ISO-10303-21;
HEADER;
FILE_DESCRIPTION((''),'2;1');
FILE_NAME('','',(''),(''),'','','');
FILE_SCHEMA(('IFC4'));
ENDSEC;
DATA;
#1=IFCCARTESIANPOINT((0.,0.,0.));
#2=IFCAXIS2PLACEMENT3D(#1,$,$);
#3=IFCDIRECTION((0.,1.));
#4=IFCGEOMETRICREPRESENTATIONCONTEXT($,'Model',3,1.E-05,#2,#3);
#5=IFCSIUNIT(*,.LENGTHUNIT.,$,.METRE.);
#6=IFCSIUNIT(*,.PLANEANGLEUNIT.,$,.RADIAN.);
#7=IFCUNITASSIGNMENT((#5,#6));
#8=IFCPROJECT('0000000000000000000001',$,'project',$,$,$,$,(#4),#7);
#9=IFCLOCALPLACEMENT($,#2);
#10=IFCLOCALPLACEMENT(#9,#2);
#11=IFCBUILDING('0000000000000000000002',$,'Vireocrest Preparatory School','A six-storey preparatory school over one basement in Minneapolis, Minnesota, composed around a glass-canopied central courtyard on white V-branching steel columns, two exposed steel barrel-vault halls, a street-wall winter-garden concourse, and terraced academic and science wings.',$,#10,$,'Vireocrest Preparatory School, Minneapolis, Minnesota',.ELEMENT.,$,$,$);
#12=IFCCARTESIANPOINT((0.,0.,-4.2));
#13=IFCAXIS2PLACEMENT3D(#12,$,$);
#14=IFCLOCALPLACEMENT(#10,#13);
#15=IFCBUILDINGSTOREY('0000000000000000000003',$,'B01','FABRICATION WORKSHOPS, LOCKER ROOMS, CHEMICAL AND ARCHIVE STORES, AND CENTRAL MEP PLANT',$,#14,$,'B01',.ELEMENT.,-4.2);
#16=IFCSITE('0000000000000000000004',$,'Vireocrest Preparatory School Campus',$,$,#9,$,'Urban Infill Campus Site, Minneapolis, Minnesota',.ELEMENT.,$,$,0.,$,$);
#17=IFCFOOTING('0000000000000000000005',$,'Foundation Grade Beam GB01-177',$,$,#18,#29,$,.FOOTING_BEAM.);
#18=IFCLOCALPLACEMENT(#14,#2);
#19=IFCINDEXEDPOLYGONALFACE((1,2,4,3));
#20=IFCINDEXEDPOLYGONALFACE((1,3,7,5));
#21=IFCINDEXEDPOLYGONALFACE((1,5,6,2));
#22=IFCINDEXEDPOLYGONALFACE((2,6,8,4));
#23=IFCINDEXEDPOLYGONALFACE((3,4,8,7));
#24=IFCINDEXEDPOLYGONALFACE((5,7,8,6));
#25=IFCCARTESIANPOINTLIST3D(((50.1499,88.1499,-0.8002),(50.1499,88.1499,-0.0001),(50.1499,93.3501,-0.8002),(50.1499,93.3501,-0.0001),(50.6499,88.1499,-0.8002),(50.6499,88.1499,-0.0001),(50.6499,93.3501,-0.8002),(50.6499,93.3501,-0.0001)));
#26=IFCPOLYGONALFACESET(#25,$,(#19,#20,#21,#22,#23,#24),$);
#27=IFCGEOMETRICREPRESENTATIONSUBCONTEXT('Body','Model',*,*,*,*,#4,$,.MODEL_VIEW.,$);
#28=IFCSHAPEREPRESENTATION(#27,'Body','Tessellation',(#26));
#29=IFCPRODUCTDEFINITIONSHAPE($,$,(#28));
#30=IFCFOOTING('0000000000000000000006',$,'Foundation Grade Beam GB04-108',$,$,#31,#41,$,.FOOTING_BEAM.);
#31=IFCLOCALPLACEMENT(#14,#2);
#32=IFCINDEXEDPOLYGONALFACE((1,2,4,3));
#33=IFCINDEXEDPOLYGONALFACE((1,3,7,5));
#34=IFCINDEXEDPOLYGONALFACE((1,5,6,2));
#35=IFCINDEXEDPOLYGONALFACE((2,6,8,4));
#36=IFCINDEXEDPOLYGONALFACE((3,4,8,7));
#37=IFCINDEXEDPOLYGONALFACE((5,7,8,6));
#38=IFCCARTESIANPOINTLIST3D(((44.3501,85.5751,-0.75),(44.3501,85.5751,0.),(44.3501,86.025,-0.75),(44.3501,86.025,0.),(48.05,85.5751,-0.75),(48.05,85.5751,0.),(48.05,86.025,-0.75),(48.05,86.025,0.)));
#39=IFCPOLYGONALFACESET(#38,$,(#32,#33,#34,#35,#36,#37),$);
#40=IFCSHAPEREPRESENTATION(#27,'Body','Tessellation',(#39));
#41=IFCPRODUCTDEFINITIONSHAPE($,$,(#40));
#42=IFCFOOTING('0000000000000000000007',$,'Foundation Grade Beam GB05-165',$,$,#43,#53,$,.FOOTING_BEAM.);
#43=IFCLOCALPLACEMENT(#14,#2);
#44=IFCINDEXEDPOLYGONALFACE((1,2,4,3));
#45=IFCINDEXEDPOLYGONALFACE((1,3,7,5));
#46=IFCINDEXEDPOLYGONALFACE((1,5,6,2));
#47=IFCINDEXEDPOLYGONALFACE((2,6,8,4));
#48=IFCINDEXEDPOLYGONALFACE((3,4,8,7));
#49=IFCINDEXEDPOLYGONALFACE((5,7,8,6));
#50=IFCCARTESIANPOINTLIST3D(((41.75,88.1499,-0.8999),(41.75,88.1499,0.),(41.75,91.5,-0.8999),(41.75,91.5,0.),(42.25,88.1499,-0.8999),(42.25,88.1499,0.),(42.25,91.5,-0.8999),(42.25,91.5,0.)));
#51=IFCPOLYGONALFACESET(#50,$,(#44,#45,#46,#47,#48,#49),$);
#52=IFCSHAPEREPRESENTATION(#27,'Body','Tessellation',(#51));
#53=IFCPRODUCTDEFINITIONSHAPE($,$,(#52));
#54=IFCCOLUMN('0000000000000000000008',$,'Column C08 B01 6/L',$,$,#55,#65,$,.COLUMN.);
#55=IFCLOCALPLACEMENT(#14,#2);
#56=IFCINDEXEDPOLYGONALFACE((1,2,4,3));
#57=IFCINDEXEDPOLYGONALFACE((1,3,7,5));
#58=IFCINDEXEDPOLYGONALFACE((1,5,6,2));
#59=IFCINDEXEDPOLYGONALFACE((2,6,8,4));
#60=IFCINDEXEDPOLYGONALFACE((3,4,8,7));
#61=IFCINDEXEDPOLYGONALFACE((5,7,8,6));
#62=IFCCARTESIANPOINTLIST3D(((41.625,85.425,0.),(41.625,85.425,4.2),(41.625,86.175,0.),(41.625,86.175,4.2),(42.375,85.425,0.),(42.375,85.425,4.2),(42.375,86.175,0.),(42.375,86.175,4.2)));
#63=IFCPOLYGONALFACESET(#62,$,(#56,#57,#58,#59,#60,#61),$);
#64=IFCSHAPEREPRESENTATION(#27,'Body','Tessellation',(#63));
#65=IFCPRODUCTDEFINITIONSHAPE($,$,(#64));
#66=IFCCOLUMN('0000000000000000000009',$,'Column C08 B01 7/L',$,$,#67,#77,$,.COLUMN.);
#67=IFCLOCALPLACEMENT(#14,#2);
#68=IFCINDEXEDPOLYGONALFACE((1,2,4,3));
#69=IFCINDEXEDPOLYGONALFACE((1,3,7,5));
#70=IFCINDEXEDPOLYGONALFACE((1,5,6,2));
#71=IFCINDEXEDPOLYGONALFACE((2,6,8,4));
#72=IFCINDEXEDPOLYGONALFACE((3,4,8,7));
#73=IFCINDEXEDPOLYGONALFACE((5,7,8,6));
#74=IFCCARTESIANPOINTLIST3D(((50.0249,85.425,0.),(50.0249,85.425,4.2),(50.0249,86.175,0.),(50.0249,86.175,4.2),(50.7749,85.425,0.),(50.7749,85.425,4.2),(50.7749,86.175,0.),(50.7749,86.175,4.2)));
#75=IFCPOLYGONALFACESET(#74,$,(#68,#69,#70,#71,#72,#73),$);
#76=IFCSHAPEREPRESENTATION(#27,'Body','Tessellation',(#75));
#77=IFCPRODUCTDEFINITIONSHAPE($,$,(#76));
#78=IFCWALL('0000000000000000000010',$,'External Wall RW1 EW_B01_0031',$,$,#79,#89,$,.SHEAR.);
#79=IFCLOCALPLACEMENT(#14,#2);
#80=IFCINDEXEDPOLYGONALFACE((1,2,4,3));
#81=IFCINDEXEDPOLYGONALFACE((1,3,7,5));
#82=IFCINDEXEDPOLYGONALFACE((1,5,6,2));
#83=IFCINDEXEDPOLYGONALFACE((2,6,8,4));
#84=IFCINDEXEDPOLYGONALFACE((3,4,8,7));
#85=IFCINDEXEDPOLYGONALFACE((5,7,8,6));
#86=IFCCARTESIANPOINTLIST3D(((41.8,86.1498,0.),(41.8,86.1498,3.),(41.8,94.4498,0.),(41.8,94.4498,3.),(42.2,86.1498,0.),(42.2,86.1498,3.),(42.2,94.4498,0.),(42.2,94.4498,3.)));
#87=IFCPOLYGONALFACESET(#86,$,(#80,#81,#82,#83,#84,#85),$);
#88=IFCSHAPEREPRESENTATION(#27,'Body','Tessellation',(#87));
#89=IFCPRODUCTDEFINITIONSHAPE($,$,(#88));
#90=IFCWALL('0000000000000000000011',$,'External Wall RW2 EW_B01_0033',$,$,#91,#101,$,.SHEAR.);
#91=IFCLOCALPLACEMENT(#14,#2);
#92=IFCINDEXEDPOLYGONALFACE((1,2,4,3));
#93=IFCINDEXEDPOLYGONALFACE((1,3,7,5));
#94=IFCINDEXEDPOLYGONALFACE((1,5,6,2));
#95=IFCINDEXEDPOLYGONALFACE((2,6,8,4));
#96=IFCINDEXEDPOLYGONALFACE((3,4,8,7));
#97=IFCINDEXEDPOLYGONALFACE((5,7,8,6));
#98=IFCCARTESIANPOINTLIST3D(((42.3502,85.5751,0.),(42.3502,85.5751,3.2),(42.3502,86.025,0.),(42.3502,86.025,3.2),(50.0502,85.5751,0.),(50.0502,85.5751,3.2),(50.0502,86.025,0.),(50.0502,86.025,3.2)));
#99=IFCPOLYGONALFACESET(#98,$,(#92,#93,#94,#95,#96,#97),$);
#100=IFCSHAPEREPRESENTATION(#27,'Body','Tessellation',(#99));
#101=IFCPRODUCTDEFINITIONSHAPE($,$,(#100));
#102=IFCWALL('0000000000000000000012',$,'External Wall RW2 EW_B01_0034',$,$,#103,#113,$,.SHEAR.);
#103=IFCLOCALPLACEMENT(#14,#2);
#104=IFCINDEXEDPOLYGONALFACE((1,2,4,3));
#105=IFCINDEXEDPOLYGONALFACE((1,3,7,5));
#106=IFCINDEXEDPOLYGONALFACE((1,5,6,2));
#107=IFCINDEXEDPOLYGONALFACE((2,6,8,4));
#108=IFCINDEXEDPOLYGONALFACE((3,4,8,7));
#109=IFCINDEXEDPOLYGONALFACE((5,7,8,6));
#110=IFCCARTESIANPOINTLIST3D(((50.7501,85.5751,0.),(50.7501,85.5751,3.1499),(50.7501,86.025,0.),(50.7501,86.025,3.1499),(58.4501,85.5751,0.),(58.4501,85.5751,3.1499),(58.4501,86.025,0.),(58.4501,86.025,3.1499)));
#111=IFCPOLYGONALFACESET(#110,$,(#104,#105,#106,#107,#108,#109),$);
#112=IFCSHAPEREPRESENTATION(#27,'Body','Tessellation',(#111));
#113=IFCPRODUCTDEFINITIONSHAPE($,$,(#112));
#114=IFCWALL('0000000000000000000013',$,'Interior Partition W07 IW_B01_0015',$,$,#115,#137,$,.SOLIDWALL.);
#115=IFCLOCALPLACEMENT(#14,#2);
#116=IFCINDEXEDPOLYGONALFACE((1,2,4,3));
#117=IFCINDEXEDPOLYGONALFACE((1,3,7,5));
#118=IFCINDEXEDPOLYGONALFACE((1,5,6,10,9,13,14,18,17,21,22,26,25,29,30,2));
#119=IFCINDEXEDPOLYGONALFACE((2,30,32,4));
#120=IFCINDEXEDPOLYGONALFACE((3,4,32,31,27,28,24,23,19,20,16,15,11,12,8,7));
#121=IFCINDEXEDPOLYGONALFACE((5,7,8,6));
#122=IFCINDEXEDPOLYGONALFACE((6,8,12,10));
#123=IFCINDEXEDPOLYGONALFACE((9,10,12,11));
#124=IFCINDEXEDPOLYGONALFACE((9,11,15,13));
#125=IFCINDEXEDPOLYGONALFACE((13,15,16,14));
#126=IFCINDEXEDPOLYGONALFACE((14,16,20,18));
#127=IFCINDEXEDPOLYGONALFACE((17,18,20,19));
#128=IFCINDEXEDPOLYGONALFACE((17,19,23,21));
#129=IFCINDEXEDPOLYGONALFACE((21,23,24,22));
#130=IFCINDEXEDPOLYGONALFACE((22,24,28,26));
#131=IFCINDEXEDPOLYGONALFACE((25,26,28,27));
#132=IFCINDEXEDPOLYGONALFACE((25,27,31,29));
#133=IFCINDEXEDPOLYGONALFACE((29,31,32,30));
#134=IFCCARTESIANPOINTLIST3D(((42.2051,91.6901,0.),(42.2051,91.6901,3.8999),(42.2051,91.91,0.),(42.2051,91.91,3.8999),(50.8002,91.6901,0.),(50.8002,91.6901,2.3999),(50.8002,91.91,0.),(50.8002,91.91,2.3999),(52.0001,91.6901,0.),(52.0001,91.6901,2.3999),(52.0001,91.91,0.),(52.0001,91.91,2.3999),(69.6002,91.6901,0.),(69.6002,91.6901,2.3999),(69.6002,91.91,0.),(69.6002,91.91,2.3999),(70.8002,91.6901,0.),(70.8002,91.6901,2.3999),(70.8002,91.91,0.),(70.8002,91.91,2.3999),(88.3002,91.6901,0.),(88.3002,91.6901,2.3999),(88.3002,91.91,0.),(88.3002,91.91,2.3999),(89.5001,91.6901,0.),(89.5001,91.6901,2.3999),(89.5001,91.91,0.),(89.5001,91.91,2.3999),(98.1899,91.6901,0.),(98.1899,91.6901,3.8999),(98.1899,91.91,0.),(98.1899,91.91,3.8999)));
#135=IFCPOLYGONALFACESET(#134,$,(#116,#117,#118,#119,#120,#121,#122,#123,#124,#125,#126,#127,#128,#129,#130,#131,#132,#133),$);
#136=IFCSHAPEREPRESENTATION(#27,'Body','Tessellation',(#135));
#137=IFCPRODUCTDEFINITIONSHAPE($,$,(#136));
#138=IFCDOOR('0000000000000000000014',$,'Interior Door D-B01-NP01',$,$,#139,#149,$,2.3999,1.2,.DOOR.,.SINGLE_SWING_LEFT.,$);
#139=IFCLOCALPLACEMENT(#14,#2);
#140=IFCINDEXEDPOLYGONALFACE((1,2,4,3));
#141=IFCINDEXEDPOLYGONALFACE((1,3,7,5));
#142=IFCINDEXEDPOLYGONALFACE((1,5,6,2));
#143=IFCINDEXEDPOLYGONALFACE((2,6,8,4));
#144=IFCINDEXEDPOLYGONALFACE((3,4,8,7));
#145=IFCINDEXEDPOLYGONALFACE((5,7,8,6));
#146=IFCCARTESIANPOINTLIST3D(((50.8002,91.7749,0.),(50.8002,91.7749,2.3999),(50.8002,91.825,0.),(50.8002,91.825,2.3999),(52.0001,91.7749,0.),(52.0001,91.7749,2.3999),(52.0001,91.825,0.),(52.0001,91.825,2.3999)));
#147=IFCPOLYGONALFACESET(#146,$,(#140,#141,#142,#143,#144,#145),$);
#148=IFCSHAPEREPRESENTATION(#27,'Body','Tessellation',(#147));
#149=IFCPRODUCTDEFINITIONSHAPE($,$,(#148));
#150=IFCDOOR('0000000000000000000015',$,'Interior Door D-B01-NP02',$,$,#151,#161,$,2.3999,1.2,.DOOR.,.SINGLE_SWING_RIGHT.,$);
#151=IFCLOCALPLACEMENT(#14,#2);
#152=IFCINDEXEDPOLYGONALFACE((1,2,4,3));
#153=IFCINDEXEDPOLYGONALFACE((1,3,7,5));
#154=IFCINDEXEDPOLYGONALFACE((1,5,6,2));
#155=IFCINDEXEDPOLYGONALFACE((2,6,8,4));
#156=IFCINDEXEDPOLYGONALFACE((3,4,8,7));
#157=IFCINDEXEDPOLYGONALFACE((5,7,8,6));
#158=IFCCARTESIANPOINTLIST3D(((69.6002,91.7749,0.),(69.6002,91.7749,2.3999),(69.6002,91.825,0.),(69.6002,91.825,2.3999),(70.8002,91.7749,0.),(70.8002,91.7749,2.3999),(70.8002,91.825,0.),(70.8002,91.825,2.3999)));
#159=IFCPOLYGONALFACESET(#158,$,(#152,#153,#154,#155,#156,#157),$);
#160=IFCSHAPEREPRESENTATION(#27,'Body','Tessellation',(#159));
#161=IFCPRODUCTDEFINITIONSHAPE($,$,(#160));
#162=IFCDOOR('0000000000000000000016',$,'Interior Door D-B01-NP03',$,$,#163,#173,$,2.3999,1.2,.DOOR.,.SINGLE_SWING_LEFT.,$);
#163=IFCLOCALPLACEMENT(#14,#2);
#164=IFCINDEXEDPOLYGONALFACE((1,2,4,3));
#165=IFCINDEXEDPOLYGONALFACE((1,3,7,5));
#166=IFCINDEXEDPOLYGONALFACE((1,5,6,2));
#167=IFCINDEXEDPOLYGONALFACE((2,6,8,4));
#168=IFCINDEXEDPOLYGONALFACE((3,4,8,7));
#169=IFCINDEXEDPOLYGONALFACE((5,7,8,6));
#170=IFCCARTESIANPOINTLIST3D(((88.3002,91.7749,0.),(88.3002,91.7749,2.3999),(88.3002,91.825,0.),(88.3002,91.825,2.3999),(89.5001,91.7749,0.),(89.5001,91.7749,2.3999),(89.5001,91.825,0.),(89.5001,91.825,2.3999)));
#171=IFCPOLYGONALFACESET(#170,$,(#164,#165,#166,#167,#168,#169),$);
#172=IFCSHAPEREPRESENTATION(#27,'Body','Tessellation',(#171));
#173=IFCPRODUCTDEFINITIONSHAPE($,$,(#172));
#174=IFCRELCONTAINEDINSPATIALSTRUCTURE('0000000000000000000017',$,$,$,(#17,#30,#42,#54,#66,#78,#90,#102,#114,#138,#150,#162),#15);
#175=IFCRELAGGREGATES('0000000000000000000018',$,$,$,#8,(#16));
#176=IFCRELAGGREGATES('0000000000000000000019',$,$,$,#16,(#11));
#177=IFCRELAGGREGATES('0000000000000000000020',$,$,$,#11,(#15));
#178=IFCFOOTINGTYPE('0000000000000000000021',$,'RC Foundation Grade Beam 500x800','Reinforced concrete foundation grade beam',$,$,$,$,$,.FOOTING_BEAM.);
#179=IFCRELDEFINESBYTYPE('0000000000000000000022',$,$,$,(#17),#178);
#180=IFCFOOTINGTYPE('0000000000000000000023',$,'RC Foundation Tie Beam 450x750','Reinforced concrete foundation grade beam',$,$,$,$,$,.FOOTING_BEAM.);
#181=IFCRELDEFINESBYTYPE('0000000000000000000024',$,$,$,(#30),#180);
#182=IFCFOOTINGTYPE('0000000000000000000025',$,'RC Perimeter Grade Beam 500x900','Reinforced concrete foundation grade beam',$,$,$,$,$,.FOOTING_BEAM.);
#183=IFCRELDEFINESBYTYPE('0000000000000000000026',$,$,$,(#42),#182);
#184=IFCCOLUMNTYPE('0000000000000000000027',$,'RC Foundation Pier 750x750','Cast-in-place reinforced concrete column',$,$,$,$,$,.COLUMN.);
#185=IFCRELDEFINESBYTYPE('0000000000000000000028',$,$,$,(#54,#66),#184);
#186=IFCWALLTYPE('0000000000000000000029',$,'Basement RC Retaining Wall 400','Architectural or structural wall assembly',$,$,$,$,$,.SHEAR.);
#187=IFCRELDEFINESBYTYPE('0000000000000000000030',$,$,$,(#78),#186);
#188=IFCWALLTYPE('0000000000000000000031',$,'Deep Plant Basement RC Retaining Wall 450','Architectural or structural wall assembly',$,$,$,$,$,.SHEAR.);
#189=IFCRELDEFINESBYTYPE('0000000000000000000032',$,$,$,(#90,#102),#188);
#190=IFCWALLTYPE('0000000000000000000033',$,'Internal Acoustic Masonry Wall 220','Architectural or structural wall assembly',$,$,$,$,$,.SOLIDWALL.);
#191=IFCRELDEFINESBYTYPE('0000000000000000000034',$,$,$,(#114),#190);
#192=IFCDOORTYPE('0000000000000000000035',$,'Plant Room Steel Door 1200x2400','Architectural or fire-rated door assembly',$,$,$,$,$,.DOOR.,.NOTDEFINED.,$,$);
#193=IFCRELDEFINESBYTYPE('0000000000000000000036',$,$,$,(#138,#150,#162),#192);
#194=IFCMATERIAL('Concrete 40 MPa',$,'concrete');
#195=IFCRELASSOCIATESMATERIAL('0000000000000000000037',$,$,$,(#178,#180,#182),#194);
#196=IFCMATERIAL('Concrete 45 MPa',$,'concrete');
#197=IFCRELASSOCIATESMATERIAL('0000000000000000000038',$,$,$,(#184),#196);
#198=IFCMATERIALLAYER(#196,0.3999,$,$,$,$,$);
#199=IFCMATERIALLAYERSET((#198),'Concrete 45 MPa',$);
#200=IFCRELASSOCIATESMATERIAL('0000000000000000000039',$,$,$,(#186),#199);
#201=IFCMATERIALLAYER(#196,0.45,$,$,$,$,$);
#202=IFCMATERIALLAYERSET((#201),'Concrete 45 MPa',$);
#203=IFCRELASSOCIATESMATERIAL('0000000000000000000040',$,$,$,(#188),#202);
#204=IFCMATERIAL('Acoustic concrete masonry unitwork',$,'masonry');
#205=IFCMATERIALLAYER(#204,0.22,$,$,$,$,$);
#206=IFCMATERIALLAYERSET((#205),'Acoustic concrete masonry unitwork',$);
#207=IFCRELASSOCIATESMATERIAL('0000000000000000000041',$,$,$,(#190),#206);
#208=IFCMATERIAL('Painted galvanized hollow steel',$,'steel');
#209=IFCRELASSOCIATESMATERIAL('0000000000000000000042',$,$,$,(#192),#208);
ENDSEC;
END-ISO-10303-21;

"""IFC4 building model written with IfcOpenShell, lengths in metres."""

from ifc_helpers import new_model, si_unit, direction, frame, frame_2d, origin, origin_2d, place, context, subcontext, project, spatial, rectangle, extrude, material, layer, layer_set, material_profile, profile_set, type_object, element, fill, save


model = new_model("IFC4")

# Units and contexts
model_context = context("Model", 3, precision=1e-05, world=origin(), true_north=direction((0.0, 1.0)))
body_context = subcontext(model_context, "Body", "Model", "MODEL_VIEW")
ifc_project = project(units=[si_unit("LENGTHUNIT", "METRE"), si_unit("PLANEANGLEUNIT", "RADIAN")], contexts=[model_context])

# Site, building, storey
site_placement = place(None, origin())
site = spatial("IfcSite", under=ifc_project, at=site_placement, Name="Vireocrest Preparatory School Campus", LongName="Urban Infill Campus Site, Minneapolis, Minnesota", CompositionType="ELEMENT", RefElevation=0.0)
building_placement = place(site_placement, origin())
building = spatial("IfcBuilding", under=site, at=building_placement, Name="Vireocrest Preparatory School", Description="A six-storey preparatory school over one basement in Minneapolis, Minnesota, composed around a glass-canopied central courtyard on white V-branching steel columns, two exposed steel barrel-vault halls, a street-wall winter-garden concourse, and terraced academic and science wings.", LongName="Vireocrest Preparatory School, Minneapolis, Minnesota", CompositionType="ELEMENT")
storey_placement = place(building_placement, frame((0.0, 0.0, -4.2)))
storey = spatial("IfcBuildingStorey", under=building, at=storey_placement, Name="B01", Description="FABRICATION WORKSHOPS, LOCKER ROOMS, CHEMICAL AND ARCHIVE STORES, AND CENTRAL MEP PLANT", LongName="B01", CompositionType="ELEMENT", Elevation=-4.2)

# Shared definitions
ifc_material_1 = material(Name="Concrete 40 MPa", Category="concrete")

# Footings
ifc_material_profile_1 = material_profile(ifc_material_1, rectangle(XDim=0.5, YDim=0.8, at=origin_2d()), Name="GB 500x800")
ifc_profile_set_1 = profile_set([ifc_material_profile_1], Name="Concrete 40 MPa")
footing_type_1 = type_object("IfcFootingType", Name="RC Foundation Grade Beam 500x800", Description="Reinforced concrete foundation grade beam", PredefinedType="FOOTING_BEAM", material=ifc_profile_set_1)
footing_1_placement = place(storey_placement, frame((50.3999, 88.1499, -0.4001), z_axis=(0.0, 1.0, 0.0), x_axis=(-1.0, 0.0, 0.0)))
element("IfcFooting", 1, at=footing_1_placement, inside=storey, type_object=footing_type_1, Name="Foundation Grade Beam GB01-177", PredefinedType="FOOTING_BEAM", context=body_context, shape_type="SweptSolid", body=[
    extrude(rectangle(XDim=0.5, YDim=0.8, at=origin_2d()), origin(), (0.0, 0.0, 1.0), 5.2002),
])
ifc_material_profile_2 = material_profile(ifc_material_1, rectangle(XDim=0.45, YDim=0.75, at=origin_2d()), Name="GB 450x750")
ifc_profile_set_2 = profile_set([ifc_material_profile_2], Name="Concrete 40 MPa")
footing_type_2 = type_object("IfcFootingType", Name="RC Foundation Tie Beam 450x750", Description="Reinforced concrete foundation grade beam", PredefinedType="FOOTING_BEAM", material=ifc_profile_set_2)
footing_2_placement = place(storey_placement, frame((44.3501, 85.8, -0.375), z_axis=(1.0, 0.0, 0.0), x_axis=(0.0, 1.0, 0.0)))
element("IfcFooting", 2, at=footing_2_placement, inside=storey, type_object=footing_type_2, Name="Foundation Grade Beam GB04-108", PredefinedType="FOOTING_BEAM", context=body_context, shape_type="SweptSolid", body=[
    extrude(rectangle(XDim=0.45, YDim=0.75, at=origin_2d()), origin(), (0.0, 0.0, 1.0), 3.7),
])
ifc_material_profile_3 = material_profile(ifc_material_1, rectangle(XDim=0.5, YDim=0.8999, at=origin_2d()), Name="GB 500x900")
ifc_profile_set_3 = profile_set([ifc_material_profile_3], Name="Concrete 40 MPa")
footing_type_3 = type_object("IfcFootingType", Name="RC Perimeter Grade Beam 500x900", Description="Reinforced concrete foundation grade beam", PredefinedType="FOOTING_BEAM", material=ifc_profile_set_3)
footing_3_placement = place(storey_placement, frame((42.0, 88.1499, -0.45), z_axis=(0.0, 1.0, 0.0), x_axis=(-1.0, 0.0, 0.0)))
element("IfcFooting", 3, at=footing_3_placement, inside=storey, type_object=footing_type_3, Name="Foundation Grade Beam GB05-165", PredefinedType="FOOTING_BEAM", context=body_context, shape_type="SweptSolid", body=[
    extrude(rectangle(XDim=0.5, YDim=0.8999, at=origin_2d()), origin(), (0.0, 0.0, 1.0), 3.3501),
])

# Columns
ifc_material_2 = material(Name="Concrete 45 MPa", Category="concrete")
ifc_material_profile_4 = material_profile(ifc_material_2, rectangle(XDim=0.75, YDim=0.75, at=origin_2d()), Name="RC 750x750")
ifc_profile_set_4 = profile_set([ifc_material_profile_4], Name="Concrete 45 MPa")
column_type = type_object("IfcColumnType", Name="RC Foundation Pier 750x750", Description="Cast-in-place reinforced concrete column", PredefinedType="COLUMN", material=ifc_profile_set_4)
for number, where, z_axis, x_axis, name in (
    (4, (42.0, 85.8, 0.0), (0.0, 0.0, 1.0), (1.0, 0.0, 0.0), "Column C08 B01 6/L"),
    (5, (50.3999, 85.8, 0.0), (0.0, 0.0, 1.0), (1.0, 0.0, 0.0), "Column C08 B01 7/L"),
):
    element("IfcColumn", number, at=place(storey_placement, frame(where, z_axis=z_axis, x_axis=x_axis)), inside=storey, type_object=column_type, Name=name, PredefinedType="COLUMN", context=body_context, shape_type="SweptSolid", body=[
        extrude(rectangle(XDim=0.75, YDim=0.75, at=origin_2d()), origin(), (0.0, 0.0, 1.0), 4.2),
    ])

# Walls
ifc_layer_1 = layer(ifc_material_2, 0.3999)
ifc_layer_set_1 = layer_set([ifc_layer_1], Name="Concrete 45 MPa")
wall_type_1 = type_object("IfcWallType", Name="Basement RC Retaining Wall 400", Description="Architectural or structural wall assembly", PredefinedType="SHEAR", material=ifc_layer_set_1)
wall_1_placement = place(storey_placement, frame((42.0, 86.1499, 0.0), z_axis=(0.0, 0.0, 1.0), x_axis=(0.0, 1.0, 0.0)))
element("IfcWall", 6, at=wall_1_placement, inside=storey, type_object=wall_type_1, Name="External Wall RW1 EW_B01_0031", PredefinedType="SHEAR", context=body_context, shape_type="SweptSolid", body=[
    extrude(rectangle(XDim=8.3, YDim=0.3999, at=frame_2d((4.1499, 0.0))), origin(), (0.0, 0.0, 1.0), 3.0),
])
ifc_layer_2 = layer(ifc_material_2, 0.45)
ifc_layer_set_2 = layer_set([ifc_layer_2], Name="Concrete 45 MPa")
wall_type_2 = type_object("IfcWallType", Name="Deep Plant Basement RC Retaining Wall 450", Description="Architectural or structural wall assembly", PredefinedType="SHEAR", material=ifc_layer_set_2)
wall_2_placement = place(storey_placement, frame((42.3501, 85.8, 0.0), z_axis=(0.0, 0.0, 1.0), x_axis=(1.0, 0.0, 0.0)))
element("IfcWall", 7, at=wall_2_placement, inside=storey, type_object=wall_type_2, Name="External Wall RW2 EW_B01_0033", PredefinedType="SHEAR", context=body_context, shape_type="SweptSolid", body=[
    extrude(rectangle(XDim=7.7, YDim=0.45, at=frame_2d((3.8501, 0.0))), origin(), (0.0, 0.0, 1.0), 3.2),
])
wall_3_placement = place(storey_placement, frame((50.75, 85.8, 0.0), z_axis=(0.0, 0.0, 1.0), x_axis=(1.0, 0.0, 0.0)))
element("IfcWall", 8, at=wall_3_placement, inside=storey, type_object=wall_type_2, Name="External Wall RW2 EW_B01_0034", PredefinedType="SHEAR", context=body_context, shape_type="SweptSolid", body=[
    extrude(rectangle(XDim=7.7, YDim=0.45, at=frame_2d((3.8501, 0.0))), origin(), (0.0, 0.0, 1.0), 3.1499),
])

# Wall, openings, doors
ifc_material_3 = material(Name="Acoustic concrete masonry unitwork", Category="masonry")
ifc_layer_3 = layer(ifc_material_3, 0.22)
ifc_layer_set_3 = layer_set([ifc_layer_3], Name="Acoustic concrete masonry unitwork")
wall_type_3 = type_object("IfcWallType", Name="Internal Acoustic Masonry Wall 220", Description="Architectural or structural wall assembly", PredefinedType="SOLIDWALL", material=ifc_layer_set_3)
wall_4_placement = place(storey_placement, frame((42.2051, 91.8, 0.0), z_axis=(0.0, 0.0, 1.0), x_axis=(1.0, 0.0, 0.0)))
wall_4 = element("IfcWall", 9, at=wall_4_placement, inside=storey, type_object=wall_type_3, Name="Interior Partition W07 IW_B01_0015", PredefinedType="SOLIDWALL", context=body_context, shape_type="SweptSolid", body=[
    extrude(rectangle(XDim=55.9849, YDim=0.22, at=frame_2d((27.9924, 0.0))), origin(), (0.0, 0.0, 1.0), 3.8999),
])
opening_1_placement = place(wall_4_placement, frame((8.595, 0.0, 0.0)))
opening_1 = element("IfcOpeningElement", 10, at=opening_1_placement, cuts=wall_4, PredefinedType="OPENING", context=body_context, shape_type="SweptSolid", body=[
    extrude(rectangle(XDim=1.2, YDim=2.3999, at=frame_2d((0.6001, 1.2))), frame((0.0, 0.1199, 0.0), z_axis=(0.0, -1.0, 0.0), x_axis=(1.0, 0.0, 0.0)), (0.0, 0.0, 1.0), 0.24),
])
opening_2_placement = place(wall_4_placement, frame((27.395, 0.0, 0.0)))
opening_2 = element("IfcOpeningElement", 11, at=opening_2_placement, cuts=wall_4, PredefinedType="OPENING", context=body_context, shape_type="SweptSolid", body=[
    extrude(rectangle(XDim=1.2, YDim=2.3999, at=frame_2d((0.6001, 1.2))), frame((0.0, 0.1199, 0.0), z_axis=(0.0, -1.0, 0.0), x_axis=(1.0, 0.0, 0.0)), (0.0, 0.0, 1.0), 0.24),
])
opening_3_placement = place(wall_4_placement, frame((46.095, 0.0, 0.0)))
opening_3 = element("IfcOpeningElement", 12, at=opening_3_placement, cuts=wall_4, PredefinedType="OPENING", context=body_context, shape_type="SweptSolid", body=[
    extrude(rectangle(XDim=1.2, YDim=2.3999, at=frame_2d((0.6001, 1.2))), frame((0.0, 0.1199, 0.0), z_axis=(0.0, -1.0, 0.0), x_axis=(1.0, 0.0, 0.0)), (0.0, 0.0, 1.0), 0.24),
])
ifc_material_4 = material(Name="Painted galvanized hollow steel", Category="steel")
door_type = type_object("IfcDoorType", Name="Plant Room Steel Door 1200x2400", Description="Architectural or fire-rated door assembly", OperationType="NOTDEFINED", PredefinedType="DOOR", material=ifc_material_4)
door_1_placement = place(opening_1_placement, origin())
door_1 = element("IfcDoor", 13, at=door_1_placement, inside=storey, type_object=door_type, Name="Interior Door D-B01-NP01", OperationType="SINGLE_SWING_LEFT", OverallHeight=2.3999, OverallWidth=1.2, PredefinedType="DOOR", context=body_context, shape_type="SweptSolid", body=[
    extrude(rectangle(XDim=1.2, YDim=2.3999, at=frame_2d((0.6001, 1.2))), frame((0.0, 0.0249, 0.0), z_axis=(0.0, -1.0, 0.0), x_axis=(1.0, 0.0, 0.0)), (0.0, 0.0, 1.0), 0.05),
])
fill(opening_1, door_1)
door_2_placement = place(opening_2_placement, origin())
door_2 = element("IfcDoor", 14, at=door_2_placement, inside=storey, type_object=door_type, Name="Interior Door D-B01-NP02", OperationType="SINGLE_SWING_RIGHT", OverallHeight=2.3999, OverallWidth=1.2, PredefinedType="DOOR", context=body_context, shape_type="SweptSolid", body=[
    extrude(rectangle(XDim=1.2, YDim=2.3999, at=frame_2d((0.6001, 1.2))), frame((0.0, 0.0249, 0.0), z_axis=(0.0, -1.0, 0.0), x_axis=(1.0, 0.0, 0.0)), (0.0, 0.0, 1.0), 0.05),
])
fill(opening_2, door_2)
door_3_placement = place(opening_3_placement, origin())
door_3 = element("IfcDoor", 15, at=door_3_placement, inside=storey, type_object=door_type, Name="Interior Door D-B01-NP03", OperationType="SINGLE_SWING_LEFT", OverallHeight=2.3999, OverallWidth=1.2, PredefinedType="DOOR", context=body_context, shape_type="SweptSolid", body=[
    extrude(rectangle(XDim=1.2, YDim=2.3999, at=frame_2d((0.6001, 1.2))), frame((0.0, 0.0249, 0.0), z_axis=(0.0, -1.0, 0.0), x_axis=(1.0, 0.0, 0.0)), (0.0, 0.0, 1.0), 0.05),
])
fill(opening_3, door_3)

save(model, "model.ifc")
